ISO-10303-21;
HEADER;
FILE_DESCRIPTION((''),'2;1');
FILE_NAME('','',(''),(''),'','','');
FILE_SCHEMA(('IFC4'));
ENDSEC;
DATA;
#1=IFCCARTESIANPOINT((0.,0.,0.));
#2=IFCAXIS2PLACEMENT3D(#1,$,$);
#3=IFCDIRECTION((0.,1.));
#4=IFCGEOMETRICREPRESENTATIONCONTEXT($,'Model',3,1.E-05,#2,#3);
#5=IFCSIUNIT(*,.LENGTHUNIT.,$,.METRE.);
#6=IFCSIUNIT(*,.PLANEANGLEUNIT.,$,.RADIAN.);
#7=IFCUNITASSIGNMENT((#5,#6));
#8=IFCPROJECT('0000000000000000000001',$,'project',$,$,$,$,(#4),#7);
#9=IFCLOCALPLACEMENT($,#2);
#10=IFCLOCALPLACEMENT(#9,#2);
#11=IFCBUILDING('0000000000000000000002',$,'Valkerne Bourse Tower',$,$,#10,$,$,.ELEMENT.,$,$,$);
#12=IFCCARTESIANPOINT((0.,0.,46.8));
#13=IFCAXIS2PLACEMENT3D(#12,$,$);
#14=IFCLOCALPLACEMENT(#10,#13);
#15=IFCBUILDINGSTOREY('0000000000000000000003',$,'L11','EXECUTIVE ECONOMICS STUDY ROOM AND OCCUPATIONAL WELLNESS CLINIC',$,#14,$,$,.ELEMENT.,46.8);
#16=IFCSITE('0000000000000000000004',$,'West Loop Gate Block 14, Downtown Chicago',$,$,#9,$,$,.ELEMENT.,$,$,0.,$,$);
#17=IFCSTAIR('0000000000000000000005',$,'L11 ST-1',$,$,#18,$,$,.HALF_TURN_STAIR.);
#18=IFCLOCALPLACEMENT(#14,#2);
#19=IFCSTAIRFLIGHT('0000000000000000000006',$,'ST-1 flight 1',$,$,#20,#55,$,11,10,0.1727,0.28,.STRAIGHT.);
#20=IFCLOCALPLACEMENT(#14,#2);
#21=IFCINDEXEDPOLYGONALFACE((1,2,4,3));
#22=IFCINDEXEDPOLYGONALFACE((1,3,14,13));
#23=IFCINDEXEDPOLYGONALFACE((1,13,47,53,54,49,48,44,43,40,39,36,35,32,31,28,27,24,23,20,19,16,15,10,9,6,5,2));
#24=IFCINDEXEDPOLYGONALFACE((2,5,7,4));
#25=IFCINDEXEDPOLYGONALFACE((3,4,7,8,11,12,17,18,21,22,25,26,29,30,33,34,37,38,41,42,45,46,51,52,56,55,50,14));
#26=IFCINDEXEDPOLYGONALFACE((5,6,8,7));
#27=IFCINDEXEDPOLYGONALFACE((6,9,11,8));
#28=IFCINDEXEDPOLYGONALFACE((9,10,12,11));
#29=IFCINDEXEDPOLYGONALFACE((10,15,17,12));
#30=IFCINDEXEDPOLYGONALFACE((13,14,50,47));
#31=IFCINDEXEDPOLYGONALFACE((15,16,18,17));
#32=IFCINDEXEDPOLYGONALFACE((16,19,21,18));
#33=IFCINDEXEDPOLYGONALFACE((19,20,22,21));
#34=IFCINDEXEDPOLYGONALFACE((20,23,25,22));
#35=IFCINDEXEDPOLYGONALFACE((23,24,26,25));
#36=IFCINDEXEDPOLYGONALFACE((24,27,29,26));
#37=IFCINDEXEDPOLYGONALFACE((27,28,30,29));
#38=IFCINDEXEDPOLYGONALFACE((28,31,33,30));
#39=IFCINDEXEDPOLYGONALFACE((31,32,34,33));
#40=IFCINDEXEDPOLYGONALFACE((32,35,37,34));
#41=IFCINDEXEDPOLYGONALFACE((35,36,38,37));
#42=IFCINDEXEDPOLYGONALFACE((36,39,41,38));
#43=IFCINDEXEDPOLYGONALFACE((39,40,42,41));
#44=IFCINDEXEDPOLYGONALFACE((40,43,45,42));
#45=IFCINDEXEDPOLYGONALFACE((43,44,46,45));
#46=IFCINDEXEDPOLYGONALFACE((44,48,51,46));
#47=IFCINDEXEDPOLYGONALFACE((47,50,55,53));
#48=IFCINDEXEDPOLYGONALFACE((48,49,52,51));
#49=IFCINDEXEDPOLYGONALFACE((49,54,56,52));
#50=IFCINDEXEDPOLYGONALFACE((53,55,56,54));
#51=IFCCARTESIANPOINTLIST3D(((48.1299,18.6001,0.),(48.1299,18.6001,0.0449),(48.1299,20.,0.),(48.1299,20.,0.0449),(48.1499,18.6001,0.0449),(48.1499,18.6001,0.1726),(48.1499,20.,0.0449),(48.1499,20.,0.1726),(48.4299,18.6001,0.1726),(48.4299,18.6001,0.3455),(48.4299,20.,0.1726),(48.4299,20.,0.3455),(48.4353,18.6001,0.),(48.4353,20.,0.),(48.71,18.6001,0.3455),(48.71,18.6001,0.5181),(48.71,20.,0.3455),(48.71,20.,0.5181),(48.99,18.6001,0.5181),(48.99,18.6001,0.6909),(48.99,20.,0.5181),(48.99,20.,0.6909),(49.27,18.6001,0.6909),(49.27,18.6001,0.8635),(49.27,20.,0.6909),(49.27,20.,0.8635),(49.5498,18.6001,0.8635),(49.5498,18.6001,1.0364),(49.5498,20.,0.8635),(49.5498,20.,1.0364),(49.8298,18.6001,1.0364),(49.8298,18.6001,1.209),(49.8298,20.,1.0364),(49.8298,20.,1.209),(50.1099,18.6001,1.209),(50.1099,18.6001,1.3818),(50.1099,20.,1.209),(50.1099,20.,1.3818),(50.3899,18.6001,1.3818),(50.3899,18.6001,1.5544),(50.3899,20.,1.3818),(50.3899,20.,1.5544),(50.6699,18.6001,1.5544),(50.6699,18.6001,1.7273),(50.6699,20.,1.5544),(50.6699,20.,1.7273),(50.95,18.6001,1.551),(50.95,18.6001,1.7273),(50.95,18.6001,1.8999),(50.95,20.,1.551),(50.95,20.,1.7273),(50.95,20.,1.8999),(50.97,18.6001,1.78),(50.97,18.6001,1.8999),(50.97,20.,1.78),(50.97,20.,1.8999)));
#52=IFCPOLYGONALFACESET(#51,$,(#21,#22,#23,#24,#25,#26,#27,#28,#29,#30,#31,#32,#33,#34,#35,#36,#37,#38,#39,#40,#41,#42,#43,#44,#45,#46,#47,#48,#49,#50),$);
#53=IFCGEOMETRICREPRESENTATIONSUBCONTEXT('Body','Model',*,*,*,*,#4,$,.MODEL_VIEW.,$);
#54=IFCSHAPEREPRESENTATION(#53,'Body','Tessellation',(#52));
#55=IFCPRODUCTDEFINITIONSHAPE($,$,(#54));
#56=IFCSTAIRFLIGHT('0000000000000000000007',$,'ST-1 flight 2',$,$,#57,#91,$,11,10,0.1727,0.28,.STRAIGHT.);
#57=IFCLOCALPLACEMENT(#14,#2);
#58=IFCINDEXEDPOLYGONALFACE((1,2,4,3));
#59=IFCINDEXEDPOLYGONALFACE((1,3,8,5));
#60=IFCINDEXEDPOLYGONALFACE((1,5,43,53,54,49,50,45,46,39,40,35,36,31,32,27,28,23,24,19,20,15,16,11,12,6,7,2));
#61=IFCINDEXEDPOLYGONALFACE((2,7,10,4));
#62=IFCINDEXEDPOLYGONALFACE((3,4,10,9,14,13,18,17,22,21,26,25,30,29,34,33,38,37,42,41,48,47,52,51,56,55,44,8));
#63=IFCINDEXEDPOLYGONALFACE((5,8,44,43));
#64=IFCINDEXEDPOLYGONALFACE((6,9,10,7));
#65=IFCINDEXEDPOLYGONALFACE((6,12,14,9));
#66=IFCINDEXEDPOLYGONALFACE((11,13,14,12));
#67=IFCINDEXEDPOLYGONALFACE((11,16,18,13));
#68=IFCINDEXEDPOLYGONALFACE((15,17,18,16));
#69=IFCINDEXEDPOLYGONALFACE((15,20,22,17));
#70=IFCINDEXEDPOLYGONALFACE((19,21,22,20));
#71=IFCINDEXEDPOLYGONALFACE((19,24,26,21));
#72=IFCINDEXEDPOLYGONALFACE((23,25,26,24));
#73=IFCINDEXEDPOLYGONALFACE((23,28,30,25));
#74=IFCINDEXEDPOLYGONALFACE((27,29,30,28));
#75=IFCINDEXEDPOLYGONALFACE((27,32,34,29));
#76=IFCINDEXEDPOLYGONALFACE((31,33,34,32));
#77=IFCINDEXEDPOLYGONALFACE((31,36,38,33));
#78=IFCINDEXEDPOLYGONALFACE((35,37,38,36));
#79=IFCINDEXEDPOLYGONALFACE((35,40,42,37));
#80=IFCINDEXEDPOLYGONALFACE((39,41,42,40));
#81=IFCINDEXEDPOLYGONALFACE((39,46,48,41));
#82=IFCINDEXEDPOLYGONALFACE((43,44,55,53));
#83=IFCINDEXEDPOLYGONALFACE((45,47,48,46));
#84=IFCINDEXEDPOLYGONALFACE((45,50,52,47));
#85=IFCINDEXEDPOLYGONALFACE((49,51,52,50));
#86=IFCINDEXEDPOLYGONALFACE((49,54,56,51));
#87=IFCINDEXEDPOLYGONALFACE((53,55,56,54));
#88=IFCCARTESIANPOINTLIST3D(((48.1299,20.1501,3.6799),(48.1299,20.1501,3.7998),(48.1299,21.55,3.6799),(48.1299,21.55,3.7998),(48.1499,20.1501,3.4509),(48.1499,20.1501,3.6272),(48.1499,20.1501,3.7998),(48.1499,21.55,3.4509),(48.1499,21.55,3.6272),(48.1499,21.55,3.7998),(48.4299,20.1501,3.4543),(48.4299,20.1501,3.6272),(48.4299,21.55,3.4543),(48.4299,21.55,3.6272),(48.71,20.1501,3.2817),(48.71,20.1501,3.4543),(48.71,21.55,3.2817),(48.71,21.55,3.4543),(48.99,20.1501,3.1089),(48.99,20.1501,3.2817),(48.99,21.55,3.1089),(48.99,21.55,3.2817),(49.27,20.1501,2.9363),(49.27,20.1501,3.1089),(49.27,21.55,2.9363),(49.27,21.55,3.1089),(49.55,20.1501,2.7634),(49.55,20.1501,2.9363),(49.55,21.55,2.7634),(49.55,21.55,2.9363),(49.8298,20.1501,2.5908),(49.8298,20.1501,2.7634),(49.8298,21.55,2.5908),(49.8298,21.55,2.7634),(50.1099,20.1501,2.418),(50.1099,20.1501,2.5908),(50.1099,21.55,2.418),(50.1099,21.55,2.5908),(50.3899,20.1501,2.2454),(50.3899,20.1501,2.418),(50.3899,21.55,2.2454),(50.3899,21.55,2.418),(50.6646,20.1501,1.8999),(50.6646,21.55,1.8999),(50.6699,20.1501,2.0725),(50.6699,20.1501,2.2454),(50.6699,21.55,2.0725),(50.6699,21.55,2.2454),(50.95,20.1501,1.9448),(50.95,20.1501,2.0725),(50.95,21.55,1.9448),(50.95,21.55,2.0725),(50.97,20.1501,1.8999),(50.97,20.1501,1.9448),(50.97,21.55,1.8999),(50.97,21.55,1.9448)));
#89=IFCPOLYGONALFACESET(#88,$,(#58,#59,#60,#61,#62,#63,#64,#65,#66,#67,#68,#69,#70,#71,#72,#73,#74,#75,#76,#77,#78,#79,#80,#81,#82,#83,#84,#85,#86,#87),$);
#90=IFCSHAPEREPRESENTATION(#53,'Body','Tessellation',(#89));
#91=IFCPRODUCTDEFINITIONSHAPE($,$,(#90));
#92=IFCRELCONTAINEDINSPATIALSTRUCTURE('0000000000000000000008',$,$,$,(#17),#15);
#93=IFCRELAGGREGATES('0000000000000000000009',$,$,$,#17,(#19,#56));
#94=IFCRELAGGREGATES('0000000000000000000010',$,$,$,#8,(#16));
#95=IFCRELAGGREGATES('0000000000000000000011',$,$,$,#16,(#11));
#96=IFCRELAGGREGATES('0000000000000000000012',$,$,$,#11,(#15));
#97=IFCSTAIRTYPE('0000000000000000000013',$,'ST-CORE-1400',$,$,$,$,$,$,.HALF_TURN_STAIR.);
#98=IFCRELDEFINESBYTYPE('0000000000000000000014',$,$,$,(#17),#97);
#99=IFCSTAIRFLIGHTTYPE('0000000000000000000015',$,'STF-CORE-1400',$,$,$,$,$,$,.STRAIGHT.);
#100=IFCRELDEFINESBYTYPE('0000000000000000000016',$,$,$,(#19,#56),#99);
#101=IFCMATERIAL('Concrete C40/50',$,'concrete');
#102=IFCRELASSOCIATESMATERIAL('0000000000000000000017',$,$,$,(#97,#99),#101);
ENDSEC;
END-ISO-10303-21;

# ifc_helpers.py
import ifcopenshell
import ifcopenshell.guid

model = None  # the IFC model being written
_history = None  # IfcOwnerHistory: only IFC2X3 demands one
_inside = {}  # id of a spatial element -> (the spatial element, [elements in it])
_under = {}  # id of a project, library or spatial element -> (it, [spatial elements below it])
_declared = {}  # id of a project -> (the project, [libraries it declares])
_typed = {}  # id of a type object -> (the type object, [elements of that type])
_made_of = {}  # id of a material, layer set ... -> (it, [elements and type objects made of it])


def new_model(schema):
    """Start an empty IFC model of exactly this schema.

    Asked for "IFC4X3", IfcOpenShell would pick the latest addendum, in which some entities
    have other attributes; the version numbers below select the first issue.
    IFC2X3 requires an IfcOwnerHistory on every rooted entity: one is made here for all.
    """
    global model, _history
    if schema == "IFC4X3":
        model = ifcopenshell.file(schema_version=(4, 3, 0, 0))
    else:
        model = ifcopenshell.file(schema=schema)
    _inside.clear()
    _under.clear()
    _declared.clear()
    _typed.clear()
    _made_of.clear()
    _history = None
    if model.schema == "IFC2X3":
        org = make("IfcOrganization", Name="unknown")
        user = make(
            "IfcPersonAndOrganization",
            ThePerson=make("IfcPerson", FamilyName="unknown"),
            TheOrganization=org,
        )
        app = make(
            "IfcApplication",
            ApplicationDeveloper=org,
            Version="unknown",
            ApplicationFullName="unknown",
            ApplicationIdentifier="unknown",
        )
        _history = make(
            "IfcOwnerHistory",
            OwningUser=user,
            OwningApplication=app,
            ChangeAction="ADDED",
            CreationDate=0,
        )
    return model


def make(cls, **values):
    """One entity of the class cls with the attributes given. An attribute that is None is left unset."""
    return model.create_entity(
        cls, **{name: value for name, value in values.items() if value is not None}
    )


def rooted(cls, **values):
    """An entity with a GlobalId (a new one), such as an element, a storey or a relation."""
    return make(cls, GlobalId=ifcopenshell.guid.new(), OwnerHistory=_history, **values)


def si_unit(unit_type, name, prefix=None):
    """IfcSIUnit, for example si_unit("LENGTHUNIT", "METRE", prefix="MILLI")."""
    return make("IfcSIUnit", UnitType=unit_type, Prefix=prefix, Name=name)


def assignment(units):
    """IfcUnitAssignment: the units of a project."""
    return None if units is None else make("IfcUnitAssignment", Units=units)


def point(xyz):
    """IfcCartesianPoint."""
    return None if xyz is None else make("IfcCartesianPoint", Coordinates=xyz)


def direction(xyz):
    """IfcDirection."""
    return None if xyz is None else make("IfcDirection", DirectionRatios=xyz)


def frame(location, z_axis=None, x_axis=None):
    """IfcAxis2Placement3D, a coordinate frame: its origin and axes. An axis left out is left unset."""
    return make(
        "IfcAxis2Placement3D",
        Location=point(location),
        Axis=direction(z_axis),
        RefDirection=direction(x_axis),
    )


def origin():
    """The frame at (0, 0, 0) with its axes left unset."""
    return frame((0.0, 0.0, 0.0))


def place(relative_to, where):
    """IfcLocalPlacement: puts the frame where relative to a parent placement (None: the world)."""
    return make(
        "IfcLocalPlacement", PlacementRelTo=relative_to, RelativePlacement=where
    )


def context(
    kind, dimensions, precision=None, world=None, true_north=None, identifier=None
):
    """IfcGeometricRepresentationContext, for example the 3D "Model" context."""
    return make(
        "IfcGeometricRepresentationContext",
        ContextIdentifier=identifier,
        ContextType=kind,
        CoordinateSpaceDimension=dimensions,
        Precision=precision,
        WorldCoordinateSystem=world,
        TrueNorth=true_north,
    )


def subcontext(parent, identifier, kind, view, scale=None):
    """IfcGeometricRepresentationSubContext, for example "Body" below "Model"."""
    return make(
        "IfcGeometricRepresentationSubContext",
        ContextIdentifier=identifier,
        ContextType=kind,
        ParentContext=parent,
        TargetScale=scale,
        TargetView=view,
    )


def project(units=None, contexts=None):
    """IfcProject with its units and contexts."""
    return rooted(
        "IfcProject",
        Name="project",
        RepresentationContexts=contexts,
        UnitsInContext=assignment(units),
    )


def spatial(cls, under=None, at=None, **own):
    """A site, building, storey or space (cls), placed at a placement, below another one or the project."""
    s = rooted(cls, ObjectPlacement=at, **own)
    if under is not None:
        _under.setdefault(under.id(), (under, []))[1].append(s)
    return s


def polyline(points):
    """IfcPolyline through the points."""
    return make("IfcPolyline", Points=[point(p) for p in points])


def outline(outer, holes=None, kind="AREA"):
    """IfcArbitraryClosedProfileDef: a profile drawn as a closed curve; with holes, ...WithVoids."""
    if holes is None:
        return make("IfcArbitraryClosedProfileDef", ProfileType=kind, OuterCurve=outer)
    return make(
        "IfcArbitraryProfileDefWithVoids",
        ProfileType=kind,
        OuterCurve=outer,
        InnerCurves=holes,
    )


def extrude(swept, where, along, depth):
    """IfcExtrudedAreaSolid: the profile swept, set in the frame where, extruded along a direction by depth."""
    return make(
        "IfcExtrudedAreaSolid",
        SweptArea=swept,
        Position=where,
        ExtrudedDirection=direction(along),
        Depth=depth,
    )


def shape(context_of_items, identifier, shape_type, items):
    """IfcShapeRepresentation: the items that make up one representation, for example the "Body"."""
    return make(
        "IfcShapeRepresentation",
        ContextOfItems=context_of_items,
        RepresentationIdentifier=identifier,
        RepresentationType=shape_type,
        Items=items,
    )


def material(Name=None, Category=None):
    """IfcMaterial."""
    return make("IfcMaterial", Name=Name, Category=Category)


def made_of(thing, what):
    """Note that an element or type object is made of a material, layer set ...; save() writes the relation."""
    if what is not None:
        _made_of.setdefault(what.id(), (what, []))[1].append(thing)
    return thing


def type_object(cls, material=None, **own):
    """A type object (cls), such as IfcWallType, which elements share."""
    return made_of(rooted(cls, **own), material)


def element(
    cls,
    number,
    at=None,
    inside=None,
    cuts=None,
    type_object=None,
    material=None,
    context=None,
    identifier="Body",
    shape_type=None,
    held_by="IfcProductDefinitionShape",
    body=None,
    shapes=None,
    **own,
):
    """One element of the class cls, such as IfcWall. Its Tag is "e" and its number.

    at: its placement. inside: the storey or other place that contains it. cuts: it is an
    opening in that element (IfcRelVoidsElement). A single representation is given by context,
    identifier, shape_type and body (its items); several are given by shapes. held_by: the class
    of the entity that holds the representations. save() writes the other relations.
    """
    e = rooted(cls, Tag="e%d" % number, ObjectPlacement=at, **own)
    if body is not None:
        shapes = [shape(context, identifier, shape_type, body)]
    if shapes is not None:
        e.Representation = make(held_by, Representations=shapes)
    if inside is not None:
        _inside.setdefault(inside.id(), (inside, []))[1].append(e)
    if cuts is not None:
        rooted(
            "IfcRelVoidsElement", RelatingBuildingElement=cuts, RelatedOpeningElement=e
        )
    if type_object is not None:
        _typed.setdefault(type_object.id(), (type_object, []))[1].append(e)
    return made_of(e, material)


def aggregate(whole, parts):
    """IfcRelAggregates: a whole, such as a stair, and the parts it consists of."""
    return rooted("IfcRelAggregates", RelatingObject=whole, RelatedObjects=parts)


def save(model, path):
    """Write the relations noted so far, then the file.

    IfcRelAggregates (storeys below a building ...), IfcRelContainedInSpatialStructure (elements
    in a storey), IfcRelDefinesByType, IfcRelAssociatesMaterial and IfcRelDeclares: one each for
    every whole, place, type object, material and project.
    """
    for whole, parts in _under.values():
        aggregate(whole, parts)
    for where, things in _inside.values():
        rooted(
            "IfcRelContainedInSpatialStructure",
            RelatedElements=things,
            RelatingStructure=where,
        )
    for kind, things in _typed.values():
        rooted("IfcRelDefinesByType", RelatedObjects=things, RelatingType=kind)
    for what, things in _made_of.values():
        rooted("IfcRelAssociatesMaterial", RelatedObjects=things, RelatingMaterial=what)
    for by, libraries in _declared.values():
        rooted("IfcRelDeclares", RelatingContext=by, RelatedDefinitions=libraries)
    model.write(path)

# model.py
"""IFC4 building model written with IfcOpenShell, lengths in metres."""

from ifc_helpers import new_model, si_unit, direction, frame, origin, place, context, subcontext, project, spatial, polyline, outline, extrude, material, type_object, element, aggregate, save


model = new_model("IFC4")

# Units and contexts
model_context = context("Model", 3, precision=1e-05, world=origin(), true_north=direction((0.0, 1.0)))
body_context = subcontext(model_context, "Body", "Model", "MODEL_VIEW")
ifc_project = project(units=[si_unit("LENGTHUNIT", "METRE"), si_unit("PLANEANGLEUNIT", "RADIAN")], contexts=[model_context])

# Site, building, storey
site_placement = place(None, origin())
site = spatial("IfcSite", under=ifc_project, at=site_placement, Name="West Loop Gate Block 14, Downtown Chicago", CompositionType="ELEMENT", RefElevation=0.0)
building_placement = place(site_placement, origin())
building = spatial("IfcBuilding", under=site, at=building_placement, Name="Valkerne Bourse Tower", CompositionType="ELEMENT")
storey_placement = place(building_placement, frame((0.0, 0.0, 46.8)))
storey = spatial("IfcBuildingStorey", under=building, at=storey_placement, Name="L11", Description="EXECUTIVE ECONOMICS STUDY ROOM AND OCCUPATIONAL WELLNESS CLINIC", CompositionType="ELEMENT", Elevation=46.8)

# Stair, stair flights
ifc_material_1 = material(Name="Concrete C40/50", Category="concrete")
stair_type = type_object("IfcStairType", Name="ST-CORE-1400", PredefinedType="HALF_TURN_STAIR", material=ifc_material_1)
stair_placement = place(storey_placement, origin())
stair = element("IfcStair", 1, at=stair_placement, inside=storey, type_object=stair_type, Name="L11 ST-1", PredefinedType="HALF_TURN_STAIR")
stair_flight_type = type_object("IfcStairFlightType", Name="STF-CORE-1400", PredefinedType="STRAIGHT", material=ifc_material_1)
stair_flight_1_placement = place(storey_placement, frame((48.1499, 19.3, 0.0), z_axis=(0.0, 0.0, 1.0), x_axis=(1.0, 0.0, 0.0)))
stair_flight_1 = element("IfcStairFlight", 2, at=stair_flight_1_placement, type_object=stair_flight_type, Name="ST-1 flight 1", NumberOfRisers=11, NumberOfTreads=10, PredefinedType="STRAIGHT", RiserHeight=0.1727, TreadLength=0.28, context=body_context, shape_type="SweptSolid", body=[
    extrude(outline(polyline([(-0.02, 0.0), (-0.02, 0.0449), (0.0, 0.0449), (0.0, 0.1726), (0.28, 0.1726), (0.28, 0.3455), (0.5601, 0.3455), (0.5601, 0.5181), (0.8401, 0.5181), (0.8401, 0.6909), (1.1201, 0.6909), (1.1201, 0.8635), (1.3999, 0.8635), (1.3999, 1.0364), (1.6799, 1.0364), (1.6799, 1.209), (1.96, 1.209), (1.96, 1.3818), (2.24, 1.3818), (2.24, 1.5544), (2.52, 1.5544), (2.52, 1.7273), (2.8, 1.7273), (2.8, 1.8999), (2.8201, 1.8999), (2.8201, 1.78), (2.8, 1.551), (0.2854, 0.0), (-0.02, 0.0)])), frame((0.0, 0.7, 0.0), z_axis=(0.0, -1.0, 0.0), x_axis=(1.0, 0.0, 0.0)), (0.0, 0.0, 1.0), 1.3999),
])
stair_flight_2_placement = place(storey_placement, frame((50.95, 20.8501, 1.8999), z_axis=(0.0, 0.0, 1.0), x_axis=(-1.0, 0.0, 0.0)))
stair_flight_2 = element("IfcStairFlight", 3, at=stair_flight_2_placement, type_object=stair_flight_type, Name="ST-1 flight 2", NumberOfRisers=11, NumberOfTreads=10, PredefinedType="STRAIGHT", RiserHeight=0.1727, TreadLength=0.28, context=body_context, shape_type="SweptSolid", body=[
    extrude(outline(polyline([(-0.02, 0.0), (-0.02, 0.0449), (0.0, 0.0449), (0.0, 0.1726), (0.28, 0.1726), (0.28, 0.3455), (0.5601, 0.3455), (0.5601, 0.5181), (0.8401, 0.5181), (0.8401, 0.6909), (1.1201, 0.6909), (1.1201, 0.8635), (1.3999, 0.8635), (1.3999, 1.0364), (1.6799, 1.0364), (1.6799, 1.209), (1.96, 1.209), (1.96, 1.3818), (2.24, 1.3818), (2.24, 1.5544), (2.52, 1.5544), (2.52, 1.7273), (2.8, 1.7273), (2.8, 1.8999), (2.8201, 1.8999), (2.8201, 1.78), (2.8, 1.551), (0.2854, 0.0), (-0.02, 0.0)])), frame((0.0, 0.7, 0.0), z_axis=(0.0, -1.0, 0.0), x_axis=(1.0, 0.0, 0.0)), (0.0, 0.0, 1.0), 1.3999),
])
aggregate(stair, [stair_flight_1, stair_flight_2])

save(model, "model.ifc")
